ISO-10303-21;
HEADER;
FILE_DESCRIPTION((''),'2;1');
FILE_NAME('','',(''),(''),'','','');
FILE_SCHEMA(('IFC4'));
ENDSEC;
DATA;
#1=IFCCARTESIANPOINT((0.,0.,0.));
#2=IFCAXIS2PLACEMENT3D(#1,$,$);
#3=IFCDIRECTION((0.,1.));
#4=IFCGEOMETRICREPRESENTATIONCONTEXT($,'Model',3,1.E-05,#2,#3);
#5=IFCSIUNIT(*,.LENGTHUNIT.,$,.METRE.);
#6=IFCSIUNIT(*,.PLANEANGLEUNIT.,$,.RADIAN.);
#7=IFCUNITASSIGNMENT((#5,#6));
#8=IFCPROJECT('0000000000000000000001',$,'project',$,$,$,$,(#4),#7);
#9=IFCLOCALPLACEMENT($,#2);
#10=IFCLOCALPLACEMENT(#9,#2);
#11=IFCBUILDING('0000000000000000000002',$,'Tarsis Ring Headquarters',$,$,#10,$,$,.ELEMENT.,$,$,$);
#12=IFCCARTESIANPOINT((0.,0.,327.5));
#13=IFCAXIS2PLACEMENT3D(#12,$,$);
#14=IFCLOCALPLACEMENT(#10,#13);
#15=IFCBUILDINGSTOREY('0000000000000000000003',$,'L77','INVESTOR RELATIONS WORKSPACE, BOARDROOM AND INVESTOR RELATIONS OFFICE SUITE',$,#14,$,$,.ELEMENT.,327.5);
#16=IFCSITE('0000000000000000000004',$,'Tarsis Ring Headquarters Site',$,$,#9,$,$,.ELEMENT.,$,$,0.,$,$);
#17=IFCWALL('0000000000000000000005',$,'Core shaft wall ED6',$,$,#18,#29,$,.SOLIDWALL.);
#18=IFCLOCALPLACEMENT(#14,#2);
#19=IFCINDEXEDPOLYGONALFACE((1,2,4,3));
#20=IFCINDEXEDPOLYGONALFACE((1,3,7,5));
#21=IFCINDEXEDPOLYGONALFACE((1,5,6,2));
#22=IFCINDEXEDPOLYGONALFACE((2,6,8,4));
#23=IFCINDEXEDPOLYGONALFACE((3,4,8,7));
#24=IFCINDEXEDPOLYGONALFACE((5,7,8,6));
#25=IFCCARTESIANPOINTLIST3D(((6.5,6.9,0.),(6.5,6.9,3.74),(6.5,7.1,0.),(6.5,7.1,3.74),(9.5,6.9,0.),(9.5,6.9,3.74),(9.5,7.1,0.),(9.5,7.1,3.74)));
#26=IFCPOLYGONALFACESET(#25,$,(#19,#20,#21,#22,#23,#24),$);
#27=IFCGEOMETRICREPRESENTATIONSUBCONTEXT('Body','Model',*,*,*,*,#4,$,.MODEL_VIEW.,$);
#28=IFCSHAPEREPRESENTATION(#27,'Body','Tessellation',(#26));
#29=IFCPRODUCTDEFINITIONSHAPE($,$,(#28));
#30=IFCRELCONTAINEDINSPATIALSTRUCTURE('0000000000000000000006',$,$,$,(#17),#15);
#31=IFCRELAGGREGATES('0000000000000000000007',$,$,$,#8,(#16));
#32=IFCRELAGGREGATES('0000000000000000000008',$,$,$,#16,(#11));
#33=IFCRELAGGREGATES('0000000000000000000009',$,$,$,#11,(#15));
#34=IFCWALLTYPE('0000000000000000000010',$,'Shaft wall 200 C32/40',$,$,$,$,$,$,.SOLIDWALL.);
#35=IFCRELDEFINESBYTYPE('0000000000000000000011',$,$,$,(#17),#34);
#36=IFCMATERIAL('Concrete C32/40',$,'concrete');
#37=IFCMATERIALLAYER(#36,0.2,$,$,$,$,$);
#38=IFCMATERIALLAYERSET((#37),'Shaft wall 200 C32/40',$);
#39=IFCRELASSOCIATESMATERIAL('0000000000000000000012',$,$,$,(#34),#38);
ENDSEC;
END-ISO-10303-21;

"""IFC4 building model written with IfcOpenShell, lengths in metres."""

from ifc_helpers import new_model, si_unit, direction, frame, frame_2d, origin, place, context, subcontext, project, spatial, rectangle, extrude, material, layer, layer_set, type_object, element, save


model = new_model("IFC4")

# Units and contexts
model_context = context("Model", 3, precision=1e-05, world=origin(), true_north=direction((0.0, 1.0)))
body_context = subcontext(model_context, "Body", "Model", "MODEL_VIEW")
ifc_project = project(units=[si_unit("LENGTHUNIT", "METRE"), si_unit("PLANEANGLEUNIT", "RADIAN")], contexts=[model_context])

# Site, building, storey
site_placement = place(None, origin())
site = spatial("IfcSite", under=ifc_project, at=site_placement, Name="Tarsis Ring Headquarters Site", CompositionType="ELEMENT", RefElevation=0.0)
building_placement = place(site_placement, origin())
building = spatial("IfcBuilding", under=site, at=building_placement, Name="Tarsis Ring Headquarters", CompositionType="ELEMENT")
storey_placement = place(building_placement, frame((0.0, 0.0, 327.5)))
storey = spatial("IfcBuildingStorey", under=building, at=storey_placement, Name="L77", Description="INVESTOR RELATIONS WORKSPACE, BOARDROOM AND INVESTOR RELATIONS OFFICE SUITE", CompositionType="ELEMENT", Elevation=327.5)

# Wall
ifc_material_1 = material(Name="Concrete C32/40", Category="concrete")
ifc_layer_1 = layer(ifc_material_1, 0.2)
ifc_layer_set_1 = layer_set([ifc_layer_1], Name="Shaft wall 200 C32/40")
wall_type_1 = type_object("IfcWallType", Name="Shaft wall 200 C32/40", PredefinedType="SOLIDWALL", material=ifc_layer_set_1)
wall_1_placement = place(storey_placement, frame((6.5, 7.0, 0.0), z_axis=(0.0, 0.0, 1.0), x_axis=(1.0, 0.0, 0.0)))
element("IfcWall", 1, at=wall_1_placement, inside=storey, type_object=wall_type_1, Name="Core shaft wall ED6", PredefinedType="SOLIDWALL", context=body_context, shape_type="SweptSolid", body=[
    extrude(rectangle(XDim=3.0, YDim=0.2, at=frame_2d((1.5, 0.0))), origin(), (0.0, 0.0, 1.0), 3.74),
])

save(model, "model.ifc")
